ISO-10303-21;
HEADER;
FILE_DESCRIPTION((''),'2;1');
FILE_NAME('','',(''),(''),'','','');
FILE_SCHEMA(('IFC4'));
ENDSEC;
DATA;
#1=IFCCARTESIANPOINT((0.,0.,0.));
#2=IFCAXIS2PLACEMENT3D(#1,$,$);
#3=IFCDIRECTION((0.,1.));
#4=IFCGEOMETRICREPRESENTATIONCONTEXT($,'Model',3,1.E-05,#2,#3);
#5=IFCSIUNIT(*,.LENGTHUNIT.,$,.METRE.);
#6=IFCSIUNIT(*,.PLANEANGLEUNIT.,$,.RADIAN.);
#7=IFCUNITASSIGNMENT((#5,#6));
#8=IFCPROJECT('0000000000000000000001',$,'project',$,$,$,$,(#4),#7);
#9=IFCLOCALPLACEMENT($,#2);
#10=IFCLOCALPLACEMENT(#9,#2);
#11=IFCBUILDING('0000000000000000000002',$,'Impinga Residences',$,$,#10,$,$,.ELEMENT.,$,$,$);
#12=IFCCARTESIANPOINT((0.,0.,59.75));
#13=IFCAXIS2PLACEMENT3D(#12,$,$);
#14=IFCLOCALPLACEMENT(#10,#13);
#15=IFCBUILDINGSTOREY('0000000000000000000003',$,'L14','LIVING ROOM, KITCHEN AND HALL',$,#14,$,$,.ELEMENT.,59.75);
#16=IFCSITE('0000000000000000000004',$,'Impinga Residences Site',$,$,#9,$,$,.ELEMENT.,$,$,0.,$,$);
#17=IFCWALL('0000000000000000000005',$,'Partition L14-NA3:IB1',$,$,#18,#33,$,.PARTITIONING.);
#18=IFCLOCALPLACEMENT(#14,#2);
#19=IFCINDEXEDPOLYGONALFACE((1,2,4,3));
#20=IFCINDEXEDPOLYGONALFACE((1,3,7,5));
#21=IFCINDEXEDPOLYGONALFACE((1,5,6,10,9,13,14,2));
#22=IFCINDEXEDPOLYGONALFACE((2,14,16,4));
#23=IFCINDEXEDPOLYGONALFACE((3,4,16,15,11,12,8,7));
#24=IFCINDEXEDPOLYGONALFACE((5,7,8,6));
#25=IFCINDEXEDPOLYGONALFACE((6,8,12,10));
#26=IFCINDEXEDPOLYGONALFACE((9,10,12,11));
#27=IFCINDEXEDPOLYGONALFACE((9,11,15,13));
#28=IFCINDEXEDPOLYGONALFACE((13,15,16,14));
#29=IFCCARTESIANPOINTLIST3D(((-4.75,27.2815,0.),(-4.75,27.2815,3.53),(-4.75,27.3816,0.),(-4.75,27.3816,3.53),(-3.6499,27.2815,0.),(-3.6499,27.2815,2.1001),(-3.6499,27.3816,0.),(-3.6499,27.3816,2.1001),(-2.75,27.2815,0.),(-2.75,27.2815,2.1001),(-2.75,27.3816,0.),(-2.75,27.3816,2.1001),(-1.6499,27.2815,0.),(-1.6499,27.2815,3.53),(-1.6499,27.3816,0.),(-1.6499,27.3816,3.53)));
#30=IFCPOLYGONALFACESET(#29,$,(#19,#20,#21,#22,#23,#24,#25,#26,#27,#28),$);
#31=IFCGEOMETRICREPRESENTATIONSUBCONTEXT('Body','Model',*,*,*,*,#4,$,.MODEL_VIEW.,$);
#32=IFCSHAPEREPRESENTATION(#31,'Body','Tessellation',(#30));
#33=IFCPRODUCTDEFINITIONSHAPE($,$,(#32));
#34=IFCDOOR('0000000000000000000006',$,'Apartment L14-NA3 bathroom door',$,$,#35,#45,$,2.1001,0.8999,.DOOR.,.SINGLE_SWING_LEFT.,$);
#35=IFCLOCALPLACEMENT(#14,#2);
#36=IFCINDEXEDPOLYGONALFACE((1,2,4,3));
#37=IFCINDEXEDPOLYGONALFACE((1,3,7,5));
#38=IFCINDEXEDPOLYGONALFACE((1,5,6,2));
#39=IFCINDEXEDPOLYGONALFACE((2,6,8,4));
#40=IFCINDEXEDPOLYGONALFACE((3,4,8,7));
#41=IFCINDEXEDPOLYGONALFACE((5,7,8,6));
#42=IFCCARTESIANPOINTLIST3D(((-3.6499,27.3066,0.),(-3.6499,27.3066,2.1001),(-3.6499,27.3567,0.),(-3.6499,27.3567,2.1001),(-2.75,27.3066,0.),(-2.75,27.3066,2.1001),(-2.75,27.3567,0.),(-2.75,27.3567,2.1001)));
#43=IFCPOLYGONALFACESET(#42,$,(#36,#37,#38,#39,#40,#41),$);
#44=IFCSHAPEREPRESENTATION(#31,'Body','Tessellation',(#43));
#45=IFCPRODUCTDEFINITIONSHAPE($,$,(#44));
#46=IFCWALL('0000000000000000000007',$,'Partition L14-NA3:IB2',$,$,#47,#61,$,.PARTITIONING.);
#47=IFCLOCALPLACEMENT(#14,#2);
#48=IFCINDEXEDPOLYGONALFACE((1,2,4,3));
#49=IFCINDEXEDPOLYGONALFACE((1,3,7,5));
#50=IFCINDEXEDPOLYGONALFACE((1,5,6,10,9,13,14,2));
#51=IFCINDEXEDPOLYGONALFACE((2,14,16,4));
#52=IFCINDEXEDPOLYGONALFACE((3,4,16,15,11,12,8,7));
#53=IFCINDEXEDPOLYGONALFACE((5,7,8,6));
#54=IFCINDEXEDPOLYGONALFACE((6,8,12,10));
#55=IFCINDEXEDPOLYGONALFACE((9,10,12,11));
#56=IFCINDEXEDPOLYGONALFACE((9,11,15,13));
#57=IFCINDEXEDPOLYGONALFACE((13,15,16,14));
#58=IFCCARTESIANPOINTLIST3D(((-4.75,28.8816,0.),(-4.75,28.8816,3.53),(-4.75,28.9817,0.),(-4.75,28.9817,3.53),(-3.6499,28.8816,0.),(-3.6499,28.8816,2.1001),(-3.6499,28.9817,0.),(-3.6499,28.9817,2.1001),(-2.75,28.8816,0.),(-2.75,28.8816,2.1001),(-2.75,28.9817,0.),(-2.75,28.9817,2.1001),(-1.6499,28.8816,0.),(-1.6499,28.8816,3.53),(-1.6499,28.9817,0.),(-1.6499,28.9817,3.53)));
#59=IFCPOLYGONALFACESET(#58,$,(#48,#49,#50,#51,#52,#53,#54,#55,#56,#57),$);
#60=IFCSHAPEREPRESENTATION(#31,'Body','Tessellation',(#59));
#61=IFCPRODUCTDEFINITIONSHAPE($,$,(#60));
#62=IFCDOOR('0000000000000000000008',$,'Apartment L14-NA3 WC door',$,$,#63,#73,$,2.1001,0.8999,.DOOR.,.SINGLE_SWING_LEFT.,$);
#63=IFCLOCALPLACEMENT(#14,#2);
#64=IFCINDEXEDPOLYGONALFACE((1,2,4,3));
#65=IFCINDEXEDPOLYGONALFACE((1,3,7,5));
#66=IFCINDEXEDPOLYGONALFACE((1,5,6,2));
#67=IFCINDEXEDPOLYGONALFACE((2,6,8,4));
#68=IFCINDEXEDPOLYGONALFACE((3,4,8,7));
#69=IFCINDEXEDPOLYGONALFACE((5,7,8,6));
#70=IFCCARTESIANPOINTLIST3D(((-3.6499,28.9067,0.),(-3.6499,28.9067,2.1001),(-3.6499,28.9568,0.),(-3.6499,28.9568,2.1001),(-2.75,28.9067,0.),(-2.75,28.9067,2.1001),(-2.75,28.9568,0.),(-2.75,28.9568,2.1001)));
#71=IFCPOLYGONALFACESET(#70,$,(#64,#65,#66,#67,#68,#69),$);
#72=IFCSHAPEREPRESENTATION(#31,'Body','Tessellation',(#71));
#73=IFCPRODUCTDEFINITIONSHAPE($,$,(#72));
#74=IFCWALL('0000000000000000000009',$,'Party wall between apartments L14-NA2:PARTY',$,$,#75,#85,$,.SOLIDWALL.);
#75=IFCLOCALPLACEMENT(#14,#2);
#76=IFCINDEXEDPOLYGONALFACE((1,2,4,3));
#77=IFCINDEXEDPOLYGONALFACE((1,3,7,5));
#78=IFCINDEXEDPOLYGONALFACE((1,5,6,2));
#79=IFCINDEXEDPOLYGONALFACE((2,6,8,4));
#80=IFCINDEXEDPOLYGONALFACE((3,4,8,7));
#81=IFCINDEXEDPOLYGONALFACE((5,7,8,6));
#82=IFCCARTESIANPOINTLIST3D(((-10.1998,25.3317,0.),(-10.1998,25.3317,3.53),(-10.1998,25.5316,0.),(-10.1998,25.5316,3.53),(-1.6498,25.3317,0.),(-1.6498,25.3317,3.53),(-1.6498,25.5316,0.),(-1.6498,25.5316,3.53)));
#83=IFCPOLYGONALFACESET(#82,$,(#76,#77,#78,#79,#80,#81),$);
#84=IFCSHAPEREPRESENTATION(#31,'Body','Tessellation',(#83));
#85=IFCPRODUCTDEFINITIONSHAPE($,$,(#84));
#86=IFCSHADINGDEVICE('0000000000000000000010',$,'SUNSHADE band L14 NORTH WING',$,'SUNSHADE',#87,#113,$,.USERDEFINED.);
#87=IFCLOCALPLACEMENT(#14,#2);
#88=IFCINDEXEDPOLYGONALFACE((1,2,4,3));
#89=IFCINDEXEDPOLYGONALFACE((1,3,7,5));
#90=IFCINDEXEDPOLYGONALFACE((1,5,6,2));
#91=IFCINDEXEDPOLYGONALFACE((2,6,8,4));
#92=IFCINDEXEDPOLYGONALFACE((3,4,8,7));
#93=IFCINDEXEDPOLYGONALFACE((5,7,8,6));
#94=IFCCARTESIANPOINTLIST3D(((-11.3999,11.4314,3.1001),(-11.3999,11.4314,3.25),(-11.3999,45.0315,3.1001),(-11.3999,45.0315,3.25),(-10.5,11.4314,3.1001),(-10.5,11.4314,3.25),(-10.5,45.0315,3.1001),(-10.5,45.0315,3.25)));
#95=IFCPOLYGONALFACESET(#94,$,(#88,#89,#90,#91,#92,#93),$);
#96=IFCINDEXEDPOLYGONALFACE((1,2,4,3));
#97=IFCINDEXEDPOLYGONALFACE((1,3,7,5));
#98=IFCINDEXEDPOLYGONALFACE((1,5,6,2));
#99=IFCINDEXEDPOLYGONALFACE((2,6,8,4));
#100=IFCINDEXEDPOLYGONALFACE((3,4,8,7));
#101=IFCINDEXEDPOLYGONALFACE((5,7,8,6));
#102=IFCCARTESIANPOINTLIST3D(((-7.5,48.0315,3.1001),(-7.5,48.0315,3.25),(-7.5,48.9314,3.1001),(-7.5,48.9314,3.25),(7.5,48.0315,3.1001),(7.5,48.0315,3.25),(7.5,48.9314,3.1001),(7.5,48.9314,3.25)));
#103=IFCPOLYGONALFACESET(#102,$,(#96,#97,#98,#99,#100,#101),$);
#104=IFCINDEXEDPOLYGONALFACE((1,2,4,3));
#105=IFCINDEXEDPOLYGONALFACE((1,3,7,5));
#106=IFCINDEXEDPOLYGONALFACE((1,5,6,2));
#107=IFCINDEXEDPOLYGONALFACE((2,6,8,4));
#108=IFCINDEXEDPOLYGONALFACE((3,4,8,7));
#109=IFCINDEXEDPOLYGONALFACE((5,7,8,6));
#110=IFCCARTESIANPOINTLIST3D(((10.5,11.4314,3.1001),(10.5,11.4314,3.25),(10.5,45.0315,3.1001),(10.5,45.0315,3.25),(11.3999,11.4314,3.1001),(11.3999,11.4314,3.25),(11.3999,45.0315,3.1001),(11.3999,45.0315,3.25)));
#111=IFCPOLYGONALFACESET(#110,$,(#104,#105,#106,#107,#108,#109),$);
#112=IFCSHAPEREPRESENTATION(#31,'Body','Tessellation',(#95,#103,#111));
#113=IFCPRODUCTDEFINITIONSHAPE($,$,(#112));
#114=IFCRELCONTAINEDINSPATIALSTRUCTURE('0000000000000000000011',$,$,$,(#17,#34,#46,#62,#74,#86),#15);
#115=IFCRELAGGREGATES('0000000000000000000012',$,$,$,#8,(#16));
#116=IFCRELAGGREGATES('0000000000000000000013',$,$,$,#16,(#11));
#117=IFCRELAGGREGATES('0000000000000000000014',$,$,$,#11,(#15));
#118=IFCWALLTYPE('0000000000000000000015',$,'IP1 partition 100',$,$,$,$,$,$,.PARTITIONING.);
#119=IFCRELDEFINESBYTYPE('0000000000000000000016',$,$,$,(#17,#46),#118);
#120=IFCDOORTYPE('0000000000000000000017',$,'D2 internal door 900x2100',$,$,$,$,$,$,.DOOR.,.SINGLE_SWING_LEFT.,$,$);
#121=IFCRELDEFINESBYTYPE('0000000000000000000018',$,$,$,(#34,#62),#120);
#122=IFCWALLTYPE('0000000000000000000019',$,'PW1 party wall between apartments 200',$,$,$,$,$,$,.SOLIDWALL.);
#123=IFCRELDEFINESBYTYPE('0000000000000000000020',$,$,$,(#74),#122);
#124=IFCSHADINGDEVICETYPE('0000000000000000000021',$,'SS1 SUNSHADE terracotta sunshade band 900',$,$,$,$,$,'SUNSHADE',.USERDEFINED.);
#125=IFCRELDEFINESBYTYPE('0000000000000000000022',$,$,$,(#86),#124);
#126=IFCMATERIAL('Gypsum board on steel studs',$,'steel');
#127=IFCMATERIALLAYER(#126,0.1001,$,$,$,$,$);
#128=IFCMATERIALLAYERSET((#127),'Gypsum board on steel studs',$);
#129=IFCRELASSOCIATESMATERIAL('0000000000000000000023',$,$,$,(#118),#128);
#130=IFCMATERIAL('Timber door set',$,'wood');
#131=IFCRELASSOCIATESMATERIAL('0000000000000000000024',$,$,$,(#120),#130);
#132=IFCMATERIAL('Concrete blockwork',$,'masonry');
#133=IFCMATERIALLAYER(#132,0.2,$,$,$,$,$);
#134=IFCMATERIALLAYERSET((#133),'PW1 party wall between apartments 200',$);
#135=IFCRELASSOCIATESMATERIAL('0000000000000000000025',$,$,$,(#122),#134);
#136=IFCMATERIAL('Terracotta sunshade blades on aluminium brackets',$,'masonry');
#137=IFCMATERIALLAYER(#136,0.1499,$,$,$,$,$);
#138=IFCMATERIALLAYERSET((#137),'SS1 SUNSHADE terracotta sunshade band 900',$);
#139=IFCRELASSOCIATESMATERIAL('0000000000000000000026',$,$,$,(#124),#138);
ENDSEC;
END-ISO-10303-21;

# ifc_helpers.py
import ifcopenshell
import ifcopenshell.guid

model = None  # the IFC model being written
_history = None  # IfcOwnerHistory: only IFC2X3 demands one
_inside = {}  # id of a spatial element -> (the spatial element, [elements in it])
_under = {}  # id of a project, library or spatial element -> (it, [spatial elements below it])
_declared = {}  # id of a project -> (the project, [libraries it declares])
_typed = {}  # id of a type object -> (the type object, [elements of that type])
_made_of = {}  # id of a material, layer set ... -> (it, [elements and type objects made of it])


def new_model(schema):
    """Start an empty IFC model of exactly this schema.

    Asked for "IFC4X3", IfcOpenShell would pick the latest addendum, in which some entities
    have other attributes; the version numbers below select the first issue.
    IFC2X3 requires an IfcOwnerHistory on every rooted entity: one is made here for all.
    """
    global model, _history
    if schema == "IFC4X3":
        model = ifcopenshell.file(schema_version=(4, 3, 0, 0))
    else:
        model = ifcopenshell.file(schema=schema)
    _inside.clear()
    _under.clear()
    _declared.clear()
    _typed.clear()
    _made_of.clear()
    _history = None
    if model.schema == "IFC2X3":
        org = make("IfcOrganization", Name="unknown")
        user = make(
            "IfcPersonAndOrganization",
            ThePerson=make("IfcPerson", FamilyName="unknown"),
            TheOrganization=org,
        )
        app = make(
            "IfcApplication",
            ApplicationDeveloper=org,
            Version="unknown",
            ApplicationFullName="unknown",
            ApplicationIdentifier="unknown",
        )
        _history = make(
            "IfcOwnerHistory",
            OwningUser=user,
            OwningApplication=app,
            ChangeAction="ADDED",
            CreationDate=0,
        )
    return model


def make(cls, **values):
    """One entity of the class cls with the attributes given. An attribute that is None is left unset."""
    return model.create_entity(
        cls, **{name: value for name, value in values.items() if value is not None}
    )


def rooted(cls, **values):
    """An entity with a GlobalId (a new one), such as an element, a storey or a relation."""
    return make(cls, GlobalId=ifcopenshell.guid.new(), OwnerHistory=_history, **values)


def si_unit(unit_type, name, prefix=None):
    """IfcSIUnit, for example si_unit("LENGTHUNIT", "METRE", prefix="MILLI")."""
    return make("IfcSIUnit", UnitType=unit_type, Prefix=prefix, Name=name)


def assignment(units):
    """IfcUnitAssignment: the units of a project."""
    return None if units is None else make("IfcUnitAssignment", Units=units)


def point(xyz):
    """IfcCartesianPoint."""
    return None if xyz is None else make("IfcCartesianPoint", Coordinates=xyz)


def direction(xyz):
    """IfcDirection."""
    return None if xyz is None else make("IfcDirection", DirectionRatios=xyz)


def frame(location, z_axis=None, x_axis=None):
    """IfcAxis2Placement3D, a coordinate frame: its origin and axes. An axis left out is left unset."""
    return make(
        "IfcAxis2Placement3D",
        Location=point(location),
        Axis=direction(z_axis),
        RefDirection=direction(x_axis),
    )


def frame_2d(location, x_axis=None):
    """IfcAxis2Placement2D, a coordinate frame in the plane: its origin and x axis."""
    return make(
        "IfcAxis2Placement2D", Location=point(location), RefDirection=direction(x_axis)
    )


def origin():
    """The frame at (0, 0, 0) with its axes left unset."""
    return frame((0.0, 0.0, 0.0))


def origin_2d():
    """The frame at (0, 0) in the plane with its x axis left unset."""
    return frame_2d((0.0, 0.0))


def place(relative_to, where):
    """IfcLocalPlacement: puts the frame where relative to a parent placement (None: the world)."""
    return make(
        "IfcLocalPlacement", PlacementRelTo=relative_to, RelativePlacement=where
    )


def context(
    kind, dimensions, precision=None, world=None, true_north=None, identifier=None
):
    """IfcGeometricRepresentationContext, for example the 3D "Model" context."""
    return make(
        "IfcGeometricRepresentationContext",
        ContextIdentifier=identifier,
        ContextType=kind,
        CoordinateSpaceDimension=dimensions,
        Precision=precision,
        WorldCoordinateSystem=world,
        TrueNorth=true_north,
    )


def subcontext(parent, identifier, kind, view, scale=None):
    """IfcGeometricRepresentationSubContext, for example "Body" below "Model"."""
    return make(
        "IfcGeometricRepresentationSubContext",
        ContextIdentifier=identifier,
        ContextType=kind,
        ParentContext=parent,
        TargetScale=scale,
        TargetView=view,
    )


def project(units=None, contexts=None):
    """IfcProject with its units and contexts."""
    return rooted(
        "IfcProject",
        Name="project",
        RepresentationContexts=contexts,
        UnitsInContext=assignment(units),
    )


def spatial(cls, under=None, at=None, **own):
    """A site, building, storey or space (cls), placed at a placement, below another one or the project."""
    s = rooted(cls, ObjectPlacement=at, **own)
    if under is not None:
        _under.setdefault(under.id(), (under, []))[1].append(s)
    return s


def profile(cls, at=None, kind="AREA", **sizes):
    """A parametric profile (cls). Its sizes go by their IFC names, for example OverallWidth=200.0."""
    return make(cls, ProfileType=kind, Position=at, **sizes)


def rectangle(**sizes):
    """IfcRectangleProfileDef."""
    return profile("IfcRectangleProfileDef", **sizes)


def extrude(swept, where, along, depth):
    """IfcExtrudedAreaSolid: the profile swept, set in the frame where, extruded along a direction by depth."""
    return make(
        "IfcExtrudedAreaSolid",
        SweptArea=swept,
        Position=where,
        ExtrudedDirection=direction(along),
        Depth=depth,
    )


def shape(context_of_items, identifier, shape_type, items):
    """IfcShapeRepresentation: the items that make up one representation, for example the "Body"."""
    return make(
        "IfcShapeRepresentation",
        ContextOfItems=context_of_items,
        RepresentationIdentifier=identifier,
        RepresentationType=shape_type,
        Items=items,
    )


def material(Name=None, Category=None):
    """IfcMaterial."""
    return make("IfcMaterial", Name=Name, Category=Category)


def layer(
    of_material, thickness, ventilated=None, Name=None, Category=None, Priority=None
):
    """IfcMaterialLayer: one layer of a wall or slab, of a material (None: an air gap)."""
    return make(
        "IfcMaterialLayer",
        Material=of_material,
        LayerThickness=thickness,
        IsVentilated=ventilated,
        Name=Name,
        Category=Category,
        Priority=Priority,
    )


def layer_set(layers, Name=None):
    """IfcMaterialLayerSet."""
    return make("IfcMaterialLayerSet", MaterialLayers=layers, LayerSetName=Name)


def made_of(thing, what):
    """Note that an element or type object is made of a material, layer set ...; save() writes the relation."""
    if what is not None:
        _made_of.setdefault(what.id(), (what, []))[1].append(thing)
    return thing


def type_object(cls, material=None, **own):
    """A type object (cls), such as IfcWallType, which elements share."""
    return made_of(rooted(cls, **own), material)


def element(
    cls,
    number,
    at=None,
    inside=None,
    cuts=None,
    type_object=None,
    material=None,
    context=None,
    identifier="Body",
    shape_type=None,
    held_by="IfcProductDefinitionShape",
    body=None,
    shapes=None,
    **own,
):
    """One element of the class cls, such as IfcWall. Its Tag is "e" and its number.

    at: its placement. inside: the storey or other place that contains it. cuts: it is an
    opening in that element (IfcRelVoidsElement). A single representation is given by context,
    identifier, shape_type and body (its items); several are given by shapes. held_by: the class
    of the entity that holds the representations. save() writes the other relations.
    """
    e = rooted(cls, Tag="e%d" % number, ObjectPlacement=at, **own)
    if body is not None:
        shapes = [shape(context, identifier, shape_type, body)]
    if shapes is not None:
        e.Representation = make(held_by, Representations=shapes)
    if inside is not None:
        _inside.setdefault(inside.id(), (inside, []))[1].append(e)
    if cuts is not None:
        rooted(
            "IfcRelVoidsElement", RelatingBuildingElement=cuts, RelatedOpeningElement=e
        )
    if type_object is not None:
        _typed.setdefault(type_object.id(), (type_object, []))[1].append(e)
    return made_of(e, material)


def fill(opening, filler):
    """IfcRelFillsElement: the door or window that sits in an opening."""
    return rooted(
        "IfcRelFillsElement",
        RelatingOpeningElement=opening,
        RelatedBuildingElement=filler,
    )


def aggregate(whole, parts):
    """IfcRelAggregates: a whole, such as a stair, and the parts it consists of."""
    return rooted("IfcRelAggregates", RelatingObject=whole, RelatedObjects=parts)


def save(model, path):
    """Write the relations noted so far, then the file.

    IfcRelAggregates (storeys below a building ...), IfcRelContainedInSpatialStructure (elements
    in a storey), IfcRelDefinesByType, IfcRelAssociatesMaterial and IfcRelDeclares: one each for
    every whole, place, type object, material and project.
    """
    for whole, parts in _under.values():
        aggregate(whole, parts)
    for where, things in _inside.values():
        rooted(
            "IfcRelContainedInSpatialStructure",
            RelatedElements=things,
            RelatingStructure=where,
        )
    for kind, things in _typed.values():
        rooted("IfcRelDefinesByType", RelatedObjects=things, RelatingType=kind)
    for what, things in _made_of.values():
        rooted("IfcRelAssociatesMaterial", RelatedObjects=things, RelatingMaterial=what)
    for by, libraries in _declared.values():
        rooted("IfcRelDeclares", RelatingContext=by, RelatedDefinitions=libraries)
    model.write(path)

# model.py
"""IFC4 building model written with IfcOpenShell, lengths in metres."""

from ifc_helpers import new_model, si_unit, direction, frame, frame_2d, origin, origin_2d, place, context, subcontext, project, spatial, rectangle, extrude, material, layer, layer_set, type_object, element, fill, save


model = new_model("IFC4")

# Units and contexts
model_context = context("Model", 3, precision=1e-05, world=origin(), true_north=direction((0.0, 1.0)))
body_context = subcontext(model_context, "Body", "Model", "MODEL_VIEW")
ifc_project = project(units=[si_unit("LENGTHUNIT", "METRE"), si_unit("PLANEANGLEUNIT", "RADIAN")], contexts=[model_context])

# Site, building, storey
site_placement = place(None, origin())
site = spatial("IfcSite", under=ifc_project, at=site_placement, Name="Impinga Residences Site", CompositionType="ELEMENT", RefElevation=0.0)
building_placement = place(site_placement, origin())
building = spatial("IfcBuilding", under=site, at=building_placement, Name="Impinga Residences", CompositionType="ELEMENT")
storey_placement = place(building_placement, frame((0.0, 0.0, 59.75)))
storey = spatial("IfcBuildingStorey", under=building, at=storey_placement, Name="L14", Description="LIVING ROOM, KITCHEN AND HALL", CompositionType="ELEMENT", Elevation=59.75)

# Shared definitions
ifc_material_1 = material(Name="Gypsum board on steel studs", Category="steel")
ifc_layer_1 = layer(ifc_material_1, 0.1001)
ifc_layer_set_1 = layer_set([ifc_layer_1], Name="Gypsum board on steel studs")
wall_type_1 = type_object("IfcWallType", Name="IP1 partition 100", PredefinedType="PARTITIONING", material=ifc_layer_set_1)

# Shared definitions
ifc_material_2 = material(Name="Timber door set", Category="wood")
door_type = type_object("IfcDoorType", Name="D2 internal door 900x2100", OperationType="SINGLE_SWING_LEFT", PredefinedType="DOOR", material=ifc_material_2)

# Walls, openings, doors
wall_1_placement = place(storey_placement, frame((-1.6499, 27.3315, 0.0), z_axis=(0.0, 0.0, 1.0), x_axis=(-1.0, 0.0, 0.0)))
wall_1 = element("IfcWall", 1, at=wall_1_placement, inside=storey, type_object=wall_type_1, Name="Partition L14-NA3:IB1", PredefinedType="PARTITIONING", context=body_context, shape_type="SweptSolid", body=[
    extrude(rectangle(XDim=3.1001, YDim=0.1001, at=frame_2d((1.55, 0.0))), origin(), (0.0, 0.0, 1.0), 3.53),
])
opening_1_placement = place(wall_1_placement, frame((1.1001, 0.0, 0.0)))
opening_1 = element("IfcOpeningElement", 2, at=opening_1_placement, cuts=wall_1, PredefinedType="OPENING", context=body_context, shape_type="SweptSolid", body=[
    extrude(rectangle(XDim=0.8999, YDim=2.1001, at=frame_2d((0.45, 1.05))), frame((0.0, 0.0601, 0.0), z_axis=(0.0, -1.0, 0.0), x_axis=(1.0, 0.0, 0.0)), (0.0, 0.0, 1.0), 0.1201),
])
door_1_placement = place(opening_1_placement, origin())
door_1 = element("IfcDoor", 3, at=door_1_placement, inside=storey, type_object=door_type, Name="Apartment L14-NA3 bathroom door", OperationType="SINGLE_SWING_LEFT", OverallHeight=2.1001, OverallWidth=0.8999, PredefinedType="DOOR", context=body_context, shape_type="SweptSolid", body=[
    extrude(rectangle(XDim=0.8999, YDim=2.1001, at=frame_2d((0.45, 1.05))), frame((0.0, 0.0249, 0.0), z_axis=(0.0, -1.0, 0.0), x_axis=(1.0, 0.0, 0.0)), (0.0, 0.0, 1.0), 0.05),
])
fill(opening_1, door_1)
wall_2_placement = place(storey_placement, frame((-1.6499, 28.9316, 0.0), z_axis=(0.0, 0.0, 1.0), x_axis=(-1.0, 0.0, 0.0)))
wall_2 = element("IfcWall", 4, at=wall_2_placement, inside=storey, type_object=wall_type_1, Name="Partition L14-NA3:IB2", PredefinedType="PARTITIONING", context=body_context, shape_type="SweptSolid", body=[
    extrude(rectangle(XDim=3.1001, YDim=0.1001, at=frame_2d((1.55, 0.0))), origin(), (0.0, 0.0, 1.0), 3.53),
])
opening_2_placement = place(wall_2_placement, frame((1.1001, 0.0, 0.0)))
opening_2 = element("IfcOpeningElement", 5, at=opening_2_placement, cuts=wall_2, PredefinedType="OPENING", context=body_context, shape_type="SweptSolid", body=[
    extrude(rectangle(XDim=0.8999, YDim=2.1001, at=frame_2d((0.45, 1.05))), frame((0.0, 0.0601, 0.0), z_axis=(0.0, -1.0, 0.0), x_axis=(1.0, 0.0, 0.0)), (0.0, 0.0, 1.0), 0.1201),
])
door_2_placement = place(opening_2_placement, origin())
door_2 = element("IfcDoor", 6, at=door_2_placement, inside=storey, type_object=door_type, Name="Apartment L14-NA3 WC door", OperationType="SINGLE_SWING_LEFT", OverallHeight=2.1001, OverallWidth=0.8999, PredefinedType="DOOR", context=body_context, shape_type="SweptSolid", body=[
    extrude(rectangle(XDim=0.8999, YDim=2.1001, at=frame_2d((0.45, 1.05))), frame((0.0, 0.0249, 0.0), z_axis=(0.0, -1.0, 0.0), x_axis=(1.0, 0.0, 0.0)), (0.0, 0.0, 1.0), 0.05),
])
fill(opening_2, door_2)

# Wall
ifc_material_3 = material(Name="Concrete blockwork", Category="masonry")
ifc_layer_2 = layer(ifc_material_3, 0.2)
ifc_layer_set_2 = layer_set([ifc_layer_2], Name="PW1 party wall between apartments 200")
wall_type_2 = type_object("IfcWallType", Name="PW1 party wall between apartments 200", PredefinedType="SOLIDWALL", material=ifc_layer_set_2)
wall_3_placement = place(storey_placement, frame((-1.6499, 25.4316, 0.0), z_axis=(0.0, 0.0, 1.0), x_axis=(-1.0, 0.0, 0.0)))
element("IfcWall", 7, at=wall_3_placement, inside=storey, type_object=wall_type_2, Name="Party wall between apartments L14-NA2:PARTY", PredefinedType="SOLIDWALL", context=body_context, shape_type="SweptSolid", body=[
    extrude(rectangle(XDim=8.55, YDim=0.2, at=frame_2d((4.2749, 0.0))), origin(), (0.0, 0.0, 1.0), 3.53),
])

# Shading device
ifc_material_4 = material(Name="Terracotta sunshade blades on aluminium brackets", Category="masonry")
ifc_layer_3 = layer(ifc_material_4, 0.1499)
ifc_layer_set_3 = layer_set([ifc_layer_3], Name="SS1 SUNSHADE terracotta sunshade band 900")
shading_device_type = type_object("IfcShadingDeviceType", Name="SS1 SUNSHADE terracotta sunshade band 900", ElementType="SUNSHADE", PredefinedType="USERDEFINED", material=ifc_layer_set_3)
shading_device_placement = place(storey_placement, frame((-10.95, 28.2314, 3.1001), z_axis=(0.0, 0.0, 1.0), x_axis=(0.0, 1.0, 0.0)))
element("IfcShadingDevice", 8, at=shading_device_placement, inside=storey, type_object=shading_device_type, Name="SUNSHADE band L14 NORTH WING", ObjectType="SUNSHADE", PredefinedType="USERDEFINED", context=body_context, shape_type="SweptSolid", body=[
    extrude(rectangle(XDim=33.6001, YDim=0.8999, at=origin_2d()), origin(), (0.0, 0.0, 1.0), 0.1499),
    extrude(rectangle(XDim=15.0, YDim=0.8999, at=origin_2d()), frame((20.25, -10.95, 0.0), z_axis=(0.0, 0.0, 1.0), x_axis=(0.0, -1.0, 0.0)), (0.0, 0.0, 1.0), 0.1499),
    extrude(rectangle(XDim=33.6001, YDim=0.8999, at=origin_2d()), frame((0.0, -21.8999, 0.0), z_axis=(0.0, 0.0, 1.0), x_axis=(-1.0, 0.0, 0.0)), (0.0, 0.0, 1.0), 0.1499),
])

save(model, "model.ifc")
